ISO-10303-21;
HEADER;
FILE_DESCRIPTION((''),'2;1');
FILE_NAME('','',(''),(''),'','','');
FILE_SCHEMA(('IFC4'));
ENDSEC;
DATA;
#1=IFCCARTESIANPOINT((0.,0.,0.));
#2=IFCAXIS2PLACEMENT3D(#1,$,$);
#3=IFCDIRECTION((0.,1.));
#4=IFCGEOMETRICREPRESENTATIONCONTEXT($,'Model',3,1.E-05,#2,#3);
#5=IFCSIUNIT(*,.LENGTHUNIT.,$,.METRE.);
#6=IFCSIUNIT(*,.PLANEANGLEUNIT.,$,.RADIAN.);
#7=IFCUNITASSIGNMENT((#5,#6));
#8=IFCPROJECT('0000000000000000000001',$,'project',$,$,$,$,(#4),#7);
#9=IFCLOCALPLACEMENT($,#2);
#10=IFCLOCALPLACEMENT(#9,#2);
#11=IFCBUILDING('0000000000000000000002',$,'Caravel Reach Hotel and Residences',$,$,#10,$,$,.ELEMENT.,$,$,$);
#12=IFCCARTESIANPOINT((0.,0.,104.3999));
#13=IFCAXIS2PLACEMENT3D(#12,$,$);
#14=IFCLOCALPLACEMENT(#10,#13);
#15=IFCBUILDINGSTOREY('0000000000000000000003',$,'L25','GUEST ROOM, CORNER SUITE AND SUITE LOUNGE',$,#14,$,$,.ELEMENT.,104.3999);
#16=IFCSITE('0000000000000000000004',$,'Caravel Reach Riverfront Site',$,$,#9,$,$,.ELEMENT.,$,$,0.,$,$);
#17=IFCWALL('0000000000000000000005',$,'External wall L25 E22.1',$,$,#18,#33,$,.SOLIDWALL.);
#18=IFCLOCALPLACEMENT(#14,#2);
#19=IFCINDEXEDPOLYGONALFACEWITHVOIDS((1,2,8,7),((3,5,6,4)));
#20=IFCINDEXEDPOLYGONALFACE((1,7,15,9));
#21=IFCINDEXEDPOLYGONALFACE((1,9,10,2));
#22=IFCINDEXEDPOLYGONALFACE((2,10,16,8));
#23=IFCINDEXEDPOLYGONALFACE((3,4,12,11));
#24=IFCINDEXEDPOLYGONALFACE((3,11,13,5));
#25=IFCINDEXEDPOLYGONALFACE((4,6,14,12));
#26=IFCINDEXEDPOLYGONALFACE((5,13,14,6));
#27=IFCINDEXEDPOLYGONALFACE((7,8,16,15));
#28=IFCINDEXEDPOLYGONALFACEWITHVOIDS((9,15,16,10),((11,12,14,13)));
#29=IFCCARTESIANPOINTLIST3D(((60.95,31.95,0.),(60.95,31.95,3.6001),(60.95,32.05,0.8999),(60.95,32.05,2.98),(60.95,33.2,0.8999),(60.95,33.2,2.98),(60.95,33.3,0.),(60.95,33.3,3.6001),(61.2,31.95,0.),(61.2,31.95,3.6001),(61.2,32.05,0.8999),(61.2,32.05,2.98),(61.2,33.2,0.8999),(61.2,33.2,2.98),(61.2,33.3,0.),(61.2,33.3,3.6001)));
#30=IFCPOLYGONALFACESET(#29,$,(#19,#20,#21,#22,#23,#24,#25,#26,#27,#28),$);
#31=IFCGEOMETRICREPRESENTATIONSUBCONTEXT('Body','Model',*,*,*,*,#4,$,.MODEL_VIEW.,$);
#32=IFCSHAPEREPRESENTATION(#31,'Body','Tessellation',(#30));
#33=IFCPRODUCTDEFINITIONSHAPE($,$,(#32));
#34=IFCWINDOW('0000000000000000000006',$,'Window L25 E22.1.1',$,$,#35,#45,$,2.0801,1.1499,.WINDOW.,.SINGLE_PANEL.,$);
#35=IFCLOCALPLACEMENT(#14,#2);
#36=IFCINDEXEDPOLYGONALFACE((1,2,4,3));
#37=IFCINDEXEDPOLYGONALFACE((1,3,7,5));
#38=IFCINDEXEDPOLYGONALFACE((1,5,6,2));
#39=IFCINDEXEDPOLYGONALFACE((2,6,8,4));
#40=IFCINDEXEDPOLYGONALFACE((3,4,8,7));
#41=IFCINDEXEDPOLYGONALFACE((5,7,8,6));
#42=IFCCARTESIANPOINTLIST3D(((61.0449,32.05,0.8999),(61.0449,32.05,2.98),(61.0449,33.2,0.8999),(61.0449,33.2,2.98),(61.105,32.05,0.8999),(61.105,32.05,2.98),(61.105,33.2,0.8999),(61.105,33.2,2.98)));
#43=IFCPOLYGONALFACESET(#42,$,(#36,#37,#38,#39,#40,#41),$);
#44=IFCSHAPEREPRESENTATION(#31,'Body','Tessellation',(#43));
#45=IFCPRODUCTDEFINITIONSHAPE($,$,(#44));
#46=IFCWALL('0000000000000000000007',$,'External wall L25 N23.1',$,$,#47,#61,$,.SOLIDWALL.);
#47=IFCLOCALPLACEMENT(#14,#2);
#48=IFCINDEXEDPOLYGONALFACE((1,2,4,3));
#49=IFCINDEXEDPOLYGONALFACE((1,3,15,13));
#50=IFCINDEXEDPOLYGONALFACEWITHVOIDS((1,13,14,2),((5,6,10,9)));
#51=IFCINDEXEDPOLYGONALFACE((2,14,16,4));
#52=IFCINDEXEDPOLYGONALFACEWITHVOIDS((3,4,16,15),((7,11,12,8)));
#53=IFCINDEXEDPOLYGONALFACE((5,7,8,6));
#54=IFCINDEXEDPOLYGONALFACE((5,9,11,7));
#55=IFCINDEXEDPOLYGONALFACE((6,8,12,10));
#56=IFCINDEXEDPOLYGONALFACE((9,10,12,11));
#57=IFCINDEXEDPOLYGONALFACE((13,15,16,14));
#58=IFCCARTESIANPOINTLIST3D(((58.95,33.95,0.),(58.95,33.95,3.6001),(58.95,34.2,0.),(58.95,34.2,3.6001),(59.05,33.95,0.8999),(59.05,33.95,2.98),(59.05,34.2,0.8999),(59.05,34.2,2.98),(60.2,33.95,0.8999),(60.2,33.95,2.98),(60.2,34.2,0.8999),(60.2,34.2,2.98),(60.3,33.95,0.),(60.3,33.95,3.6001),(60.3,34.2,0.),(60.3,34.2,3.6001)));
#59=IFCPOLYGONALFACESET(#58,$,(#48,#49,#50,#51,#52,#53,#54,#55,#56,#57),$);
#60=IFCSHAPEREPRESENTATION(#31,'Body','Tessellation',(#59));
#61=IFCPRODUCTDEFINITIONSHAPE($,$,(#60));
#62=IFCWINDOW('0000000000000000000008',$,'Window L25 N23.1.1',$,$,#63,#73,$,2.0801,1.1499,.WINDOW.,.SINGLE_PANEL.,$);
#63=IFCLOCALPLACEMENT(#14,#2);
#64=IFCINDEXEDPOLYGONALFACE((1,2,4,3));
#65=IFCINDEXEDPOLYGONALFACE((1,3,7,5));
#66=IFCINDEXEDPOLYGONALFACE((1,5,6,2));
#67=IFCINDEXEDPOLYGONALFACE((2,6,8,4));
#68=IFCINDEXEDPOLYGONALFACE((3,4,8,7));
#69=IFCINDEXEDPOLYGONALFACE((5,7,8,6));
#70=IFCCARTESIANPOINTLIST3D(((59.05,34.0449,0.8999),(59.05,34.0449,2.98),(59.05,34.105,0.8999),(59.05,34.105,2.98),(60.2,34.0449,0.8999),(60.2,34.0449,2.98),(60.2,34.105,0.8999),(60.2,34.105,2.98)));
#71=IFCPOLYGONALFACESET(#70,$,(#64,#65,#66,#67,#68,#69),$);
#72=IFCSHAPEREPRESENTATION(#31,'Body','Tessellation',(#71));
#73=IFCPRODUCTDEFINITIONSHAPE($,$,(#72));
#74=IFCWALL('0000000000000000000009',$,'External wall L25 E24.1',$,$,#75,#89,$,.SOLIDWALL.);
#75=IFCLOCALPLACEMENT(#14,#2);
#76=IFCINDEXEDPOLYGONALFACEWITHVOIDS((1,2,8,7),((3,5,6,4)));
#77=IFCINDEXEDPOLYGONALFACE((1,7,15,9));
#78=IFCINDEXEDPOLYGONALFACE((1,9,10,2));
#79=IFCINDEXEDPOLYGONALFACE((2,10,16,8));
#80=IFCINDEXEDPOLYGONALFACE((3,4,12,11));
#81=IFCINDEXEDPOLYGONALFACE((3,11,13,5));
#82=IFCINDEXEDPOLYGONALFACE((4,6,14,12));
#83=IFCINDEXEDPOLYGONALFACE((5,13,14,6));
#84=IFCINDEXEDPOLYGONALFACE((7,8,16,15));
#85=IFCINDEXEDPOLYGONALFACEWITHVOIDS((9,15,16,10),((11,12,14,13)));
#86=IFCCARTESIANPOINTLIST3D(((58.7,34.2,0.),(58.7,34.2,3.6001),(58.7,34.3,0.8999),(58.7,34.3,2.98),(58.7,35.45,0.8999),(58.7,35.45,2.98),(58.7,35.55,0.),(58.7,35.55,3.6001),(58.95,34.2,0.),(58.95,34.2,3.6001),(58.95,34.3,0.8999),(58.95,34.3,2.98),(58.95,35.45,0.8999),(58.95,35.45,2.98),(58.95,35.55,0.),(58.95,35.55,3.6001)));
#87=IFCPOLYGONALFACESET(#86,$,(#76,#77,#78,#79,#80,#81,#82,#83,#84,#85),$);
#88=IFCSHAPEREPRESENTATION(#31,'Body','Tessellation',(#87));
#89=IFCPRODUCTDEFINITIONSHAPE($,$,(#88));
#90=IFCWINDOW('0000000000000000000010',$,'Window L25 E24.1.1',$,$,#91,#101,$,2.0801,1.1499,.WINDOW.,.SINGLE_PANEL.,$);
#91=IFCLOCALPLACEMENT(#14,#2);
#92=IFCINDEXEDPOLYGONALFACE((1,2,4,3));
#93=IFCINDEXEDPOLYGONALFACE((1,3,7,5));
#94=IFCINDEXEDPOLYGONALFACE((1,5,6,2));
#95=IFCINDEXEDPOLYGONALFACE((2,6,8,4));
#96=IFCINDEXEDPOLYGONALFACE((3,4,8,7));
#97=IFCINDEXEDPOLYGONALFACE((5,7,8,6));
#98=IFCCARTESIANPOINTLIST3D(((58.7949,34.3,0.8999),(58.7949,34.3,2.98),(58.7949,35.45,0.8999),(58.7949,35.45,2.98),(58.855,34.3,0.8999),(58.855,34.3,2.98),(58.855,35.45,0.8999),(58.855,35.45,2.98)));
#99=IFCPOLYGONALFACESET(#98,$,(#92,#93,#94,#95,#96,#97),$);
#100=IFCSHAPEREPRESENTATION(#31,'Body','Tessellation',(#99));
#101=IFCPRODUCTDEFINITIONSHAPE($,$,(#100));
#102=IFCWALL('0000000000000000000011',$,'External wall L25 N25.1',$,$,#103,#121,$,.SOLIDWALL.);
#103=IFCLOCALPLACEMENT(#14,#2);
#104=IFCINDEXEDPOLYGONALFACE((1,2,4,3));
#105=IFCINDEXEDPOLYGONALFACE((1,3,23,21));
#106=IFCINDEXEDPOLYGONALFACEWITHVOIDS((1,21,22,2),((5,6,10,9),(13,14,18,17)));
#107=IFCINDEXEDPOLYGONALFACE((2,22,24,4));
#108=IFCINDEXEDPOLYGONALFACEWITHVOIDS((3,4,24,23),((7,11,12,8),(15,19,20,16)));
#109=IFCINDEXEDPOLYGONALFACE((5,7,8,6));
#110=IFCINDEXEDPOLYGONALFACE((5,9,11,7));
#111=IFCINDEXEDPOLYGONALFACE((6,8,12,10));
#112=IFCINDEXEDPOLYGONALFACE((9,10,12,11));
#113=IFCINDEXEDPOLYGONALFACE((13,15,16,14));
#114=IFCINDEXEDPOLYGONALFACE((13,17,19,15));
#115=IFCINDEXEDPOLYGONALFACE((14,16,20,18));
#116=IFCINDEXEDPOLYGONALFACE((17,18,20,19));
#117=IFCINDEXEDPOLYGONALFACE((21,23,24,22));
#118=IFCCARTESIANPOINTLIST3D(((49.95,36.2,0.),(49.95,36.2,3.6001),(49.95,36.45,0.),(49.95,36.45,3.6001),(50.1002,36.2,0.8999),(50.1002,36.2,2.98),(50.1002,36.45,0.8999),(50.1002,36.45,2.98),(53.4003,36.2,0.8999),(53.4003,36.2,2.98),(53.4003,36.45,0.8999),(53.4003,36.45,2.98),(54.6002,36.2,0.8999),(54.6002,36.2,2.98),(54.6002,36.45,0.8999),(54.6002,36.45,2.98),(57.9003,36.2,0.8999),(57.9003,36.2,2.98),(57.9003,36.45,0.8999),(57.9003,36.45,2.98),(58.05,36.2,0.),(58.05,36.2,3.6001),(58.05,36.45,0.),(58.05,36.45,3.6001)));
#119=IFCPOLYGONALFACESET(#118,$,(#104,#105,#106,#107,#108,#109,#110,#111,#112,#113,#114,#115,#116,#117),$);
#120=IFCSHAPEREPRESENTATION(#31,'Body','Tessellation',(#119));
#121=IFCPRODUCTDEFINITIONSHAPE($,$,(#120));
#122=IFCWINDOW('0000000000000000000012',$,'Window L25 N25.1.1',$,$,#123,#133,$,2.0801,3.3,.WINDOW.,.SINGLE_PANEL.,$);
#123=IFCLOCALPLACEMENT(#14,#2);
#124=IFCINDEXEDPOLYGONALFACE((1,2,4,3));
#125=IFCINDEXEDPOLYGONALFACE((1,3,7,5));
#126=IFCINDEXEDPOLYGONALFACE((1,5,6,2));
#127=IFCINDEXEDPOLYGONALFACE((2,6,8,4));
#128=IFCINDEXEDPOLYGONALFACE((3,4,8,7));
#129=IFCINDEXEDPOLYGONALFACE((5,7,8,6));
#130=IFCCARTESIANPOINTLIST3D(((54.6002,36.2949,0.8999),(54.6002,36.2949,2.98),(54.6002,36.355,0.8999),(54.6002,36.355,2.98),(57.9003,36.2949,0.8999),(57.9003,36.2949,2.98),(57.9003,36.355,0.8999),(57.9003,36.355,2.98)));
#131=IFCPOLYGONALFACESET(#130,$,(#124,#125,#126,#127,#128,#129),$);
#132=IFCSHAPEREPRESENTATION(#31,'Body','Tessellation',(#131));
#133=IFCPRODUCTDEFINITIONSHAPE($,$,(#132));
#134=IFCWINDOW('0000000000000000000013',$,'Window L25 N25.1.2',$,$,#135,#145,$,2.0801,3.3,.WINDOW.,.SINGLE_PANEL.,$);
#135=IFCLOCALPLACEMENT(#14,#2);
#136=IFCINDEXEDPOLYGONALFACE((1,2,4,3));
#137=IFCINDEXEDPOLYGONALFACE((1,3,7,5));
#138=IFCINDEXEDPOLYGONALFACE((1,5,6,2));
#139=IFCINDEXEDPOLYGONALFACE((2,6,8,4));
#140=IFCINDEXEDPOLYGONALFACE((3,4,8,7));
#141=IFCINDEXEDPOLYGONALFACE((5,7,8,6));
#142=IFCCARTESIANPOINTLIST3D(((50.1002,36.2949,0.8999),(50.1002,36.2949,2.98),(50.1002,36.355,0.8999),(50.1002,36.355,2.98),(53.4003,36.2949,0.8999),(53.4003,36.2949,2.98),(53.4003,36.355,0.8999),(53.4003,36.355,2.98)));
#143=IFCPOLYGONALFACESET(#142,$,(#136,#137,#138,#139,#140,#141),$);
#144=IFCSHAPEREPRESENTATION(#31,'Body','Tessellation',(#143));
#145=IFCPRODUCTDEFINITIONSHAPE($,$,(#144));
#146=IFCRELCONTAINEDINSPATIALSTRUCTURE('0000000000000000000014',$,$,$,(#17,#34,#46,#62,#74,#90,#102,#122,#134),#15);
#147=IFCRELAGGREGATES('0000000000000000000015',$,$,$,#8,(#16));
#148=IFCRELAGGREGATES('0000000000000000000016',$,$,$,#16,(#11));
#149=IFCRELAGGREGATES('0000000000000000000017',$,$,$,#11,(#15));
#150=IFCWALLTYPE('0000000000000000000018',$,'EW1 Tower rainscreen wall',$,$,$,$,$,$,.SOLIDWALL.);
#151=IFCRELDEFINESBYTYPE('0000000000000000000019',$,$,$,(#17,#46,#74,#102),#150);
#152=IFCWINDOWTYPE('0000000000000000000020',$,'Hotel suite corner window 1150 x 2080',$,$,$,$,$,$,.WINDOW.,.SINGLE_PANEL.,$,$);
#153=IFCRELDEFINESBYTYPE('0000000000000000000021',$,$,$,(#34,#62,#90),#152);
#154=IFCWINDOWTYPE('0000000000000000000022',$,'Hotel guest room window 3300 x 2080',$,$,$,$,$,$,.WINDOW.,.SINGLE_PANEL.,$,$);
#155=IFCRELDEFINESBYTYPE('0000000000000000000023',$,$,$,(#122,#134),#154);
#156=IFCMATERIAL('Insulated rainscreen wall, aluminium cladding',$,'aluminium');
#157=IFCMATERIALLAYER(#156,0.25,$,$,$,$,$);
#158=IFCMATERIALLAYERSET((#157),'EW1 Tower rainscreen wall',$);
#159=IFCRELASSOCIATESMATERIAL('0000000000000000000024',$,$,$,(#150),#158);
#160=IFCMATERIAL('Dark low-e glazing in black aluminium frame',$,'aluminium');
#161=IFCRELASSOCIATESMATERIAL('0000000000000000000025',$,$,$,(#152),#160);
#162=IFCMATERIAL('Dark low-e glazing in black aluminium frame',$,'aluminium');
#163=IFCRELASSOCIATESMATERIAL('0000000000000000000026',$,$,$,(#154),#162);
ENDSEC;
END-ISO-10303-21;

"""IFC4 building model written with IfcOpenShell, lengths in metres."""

from ifc_helpers import new_model, si_unit, direction, frame, frame_2d, origin, place, context, subcontext, project, spatial, rectangle, extrude, material, layer, layer_set, type_object, element, fill, save


model = new_model("IFC4")

# Units and contexts
model_context = context("Model", 3, precision=1e-05, world=origin(), true_north=direction((0.0, 1.0)))
body_context = subcontext(model_context, "Body", "Model", "MODEL_VIEW")
ifc_project = project(units=[si_unit("LENGTHUNIT", "METRE"), si_unit("PLANEANGLEUNIT", "RADIAN")], contexts=[model_context])

# Site, building, storey
site_placement = place(None, origin())
site = spatial("IfcSite", under=ifc_project, at=site_placement, Name="Caravel Reach Riverfront Site", CompositionType="ELEMENT", RefElevation=0.0)
building_placement = place(site_placement, origin())
building = spatial("IfcBuilding", under=site, at=building_placement, Name="Caravel Reach Hotel and Residences", CompositionType="ELEMENT")
storey_placement = place(building_placement, frame((0.0, 0.0, 104.3999)))
storey = spatial("IfcBuildingStorey", under=building, at=storey_placement, Name="L25", Description="GUEST ROOM, CORNER SUITE AND SUITE LOUNGE", CompositionType="ELEMENT", Elevation=104.3999)

# Walls, openings, windows
ifc_material_1 = material(Name="Insulated rainscreen wall, aluminium cladding", Category="aluminium")
ifc_layer_1 = layer(ifc_material_1, 0.25)
ifc_layer_set_1 = layer_set([ifc_layer_1], Name="EW1 Tower rainscreen wall")
wall_type_1 = type_object("IfcWallType", Name="EW1 Tower rainscreen wall", PredefinedType="SOLIDWALL", material=ifc_layer_set_1)
ifc_material_2 = material(Name="Dark low-e glazing in black aluminium frame", Category="aluminium")
window_type_1 = type_object("IfcWindowType", Name="Hotel suite corner window 1150 x 2080", PartitioningType="SINGLE_PANEL", PredefinedType="WINDOW", material=ifc_material_2)
wall_1_placement = place(storey_placement, frame((61.075, 31.95, 0.0), z_axis=(0.0, 0.0, 1.0), x_axis=(0.0, 1.0, 0.0)))
wall_1 = element("IfcWall", 1, at=wall_1_placement, inside=storey, type_object=wall_type_1, Name="External wall L25 E22.1", PredefinedType="SOLIDWALL", context=body_context, shape_type="SweptSolid", body=[
    extrude(rectangle(XDim=1.3501, YDim=0.25, at=frame_2d((0.675, 0.0))), origin(), (0.0, 0.0, 1.0), 3.6001),
])
opening_1_placement = place(wall_1_placement, frame((0.1001, 0.0, 0.8999)))
opening_1 = element("IfcOpeningElement", 2, at=opening_1_placement, cuts=wall_1, PredefinedType="OPENING", context=body_context, shape_type="SweptSolid", body=[
    extrude(rectangle(XDim=1.1499, YDim=2.0801, at=frame_2d((0.575, 1.04))), frame((0.0, 0.135, 0.0), z_axis=(0.0, -1.0, 0.0), x_axis=(1.0, 0.0, 0.0)), (0.0, 0.0, 1.0), 0.27),
])
window_1_placement = place(opening_1_placement, origin())
window_1 = element("IfcWindow", 3, at=window_1_placement, inside=storey, type_object=window_type_1, Name="Window L25 E22.1.1", OverallHeight=2.0801, OverallWidth=1.1499, PartitioningType="SINGLE_PANEL", PredefinedType="WINDOW", context=body_context, shape_type="SweptSolid", body=[
    extrude(rectangle(XDim=1.1499, YDim=2.0801, at=frame_2d((0.575, 1.04))), frame((0.0, 0.03, 0.0), z_axis=(0.0, -1.0, 0.0), x_axis=(1.0, 0.0, 0.0)), (0.0, 0.0, 1.0), 0.0601),
])
fill(opening_1, window_1)
wall_2_placement = place(storey_placement, frame((60.3, 34.075, 0.0), z_axis=(0.0, 0.0, 1.0), x_axis=(-1.0, 0.0, 0.0)))
wall_2 = element("IfcWall", 4, at=wall_2_placement, inside=storey, type_object=wall_type_1, Name="External wall L25 N23.1", PredefinedType="SOLIDWALL", context=body_context, shape_type="SweptSolid", body=[
    extrude(rectangle(XDim=1.3501, YDim=0.25, at=frame_2d((0.675, 0.0))), origin(), (0.0, 0.0, 1.0), 3.6001),
])
opening_2_placement = place(wall_2_placement, frame((0.1001, 0.0, 0.8999)))
opening_2 = element("IfcOpeningElement", 5, at=opening_2_placement, cuts=wall_2, PredefinedType="OPENING", context=body_context, shape_type="SweptSolid", body=[
    extrude(rectangle(XDim=1.1499, YDim=2.0801, at=frame_2d((0.575, 1.04))), frame((0.0, 0.135, 0.0), z_axis=(0.0, -1.0, 0.0), x_axis=(1.0, 0.0, 0.0)), (0.0, 0.0, 1.0), 0.27),
])
window_2_placement = place(opening_2_placement, origin())
window_2 = element("IfcWindow", 6, at=window_2_placement, inside=storey, type_object=window_type_1, Name="Window L25 N23.1.1", OverallHeight=2.0801, OverallWidth=1.1499, PartitioningType="SINGLE_PANEL", PredefinedType="WINDOW", context=body_context, shape_type="SweptSolid", body=[
    extrude(rectangle(XDim=1.1499, YDim=2.0801, at=frame_2d((0.575, 1.04))), frame((0.0, 0.03, 0.0), z_axis=(0.0, -1.0, 0.0), x_axis=(1.0, 0.0, 0.0)), (0.0, 0.0, 1.0), 0.0601),
])
fill(opening_2, window_2)
wall_3_placement = place(storey_placement, frame((58.825, 34.2, 0.0), z_axis=(0.0, 0.0, 1.0), x_axis=(0.0, 1.0, 0.0)))
wall_3 = element("IfcWall", 7, at=wall_3_placement, inside=storey, type_object=wall_type_1, Name="External wall L25 E24.1", PredefinedType="SOLIDWALL", context=body_context, shape_type="SweptSolid", body=[
    extrude(rectangle(XDim=1.3501, YDim=0.25, at=frame_2d((0.675, 0.0))), origin(), (0.0, 0.0, 1.0), 3.6001),
])
opening_3_placement = place(wall_3_placement, frame((0.1001, 0.0, 0.8999)))
opening_3 = element("IfcOpeningElement", 8, at=opening_3_placement, cuts=wall_3, PredefinedType="OPENING", context=body_context, shape_type="SweptSolid", body=[
    extrude(rectangle(XDim=1.1499, YDim=2.0801, at=frame_2d((0.575, 1.04))), frame((0.0, 0.135, 0.0), z_axis=(0.0, -1.0, 0.0), x_axis=(1.0, 0.0, 0.0)), (0.0, 0.0, 1.0), 0.27),
])
window_3_placement = place(opening_3_placement, origin())
window_3 = element("IfcWindow", 9, at=window_3_placement, inside=storey, type_object=window_type_1, Name="Window L25 E24.1.1", OverallHeight=2.0801, OverallWidth=1.1499, PartitioningType="SINGLE_PANEL", PredefinedType="WINDOW", context=body_context, shape_type="SweptSolid", body=[
    extrude(rectangle(XDim=1.1499, YDim=2.0801, at=frame_2d((0.575, 1.04))), frame((0.0, 0.03, 0.0), z_axis=(0.0, -1.0, 0.0), x_axis=(1.0, 0.0, 0.0)), (0.0, 0.0, 1.0), 0.0601),
])
fill(opening_3, window_3)

# Wall, openings, windows
wall_4_placement = place(storey_placement, frame((58.05, 36.325, 0.0), z_axis=(0.0, 0.0, 1.0), x_axis=(-1.0, 0.0, 0.0)))
wall_4 = element("IfcWall", 10, at=wall_4_placement, inside=storey, type_object=wall_type_1, Name="External wall L25 N25.1", PredefinedType="SOLIDWALL", context=body_context, shape_type="SweptSolid", body=[
    extrude(rectangle(XDim=8.1001, YDim=0.25, at=frame_2d((4.05, 0.0))), origin(), (0.0, 0.0, 1.0), 3.6001),
])
opening_4_placement = place(wall_4_placement, frame((0.1499, 0.0, 0.8999)))
opening_4 = element("IfcOpeningElement", 11, at=opening_4_placement, cuts=wall_4, PredefinedType="OPENING", context=body_context, shape_type="SweptSolid", body=[
    extrude(rectangle(XDim=3.3, YDim=2.0801, at=frame_2d((1.6499, 1.04))), frame((0.0, 0.135, 0.0), z_axis=(0.0, -1.0, 0.0), x_axis=(1.0, 0.0, 0.0)), (0.0, 0.0, 1.0), 0.27),
])
opening_5_placement = place(wall_4_placement, frame((4.6499, 0.0, 0.8999)))
opening_5 = element("IfcOpeningElement", 12, at=opening_5_placement, cuts=wall_4, PredefinedType="OPENING", context=body_context, shape_type="SweptSolid", body=[
    extrude(rectangle(XDim=3.3, YDim=2.0801, at=frame_2d((1.6499, 1.04))), frame((0.0, 0.135, 0.0), z_axis=(0.0, -1.0, 0.0), x_axis=(1.0, 0.0, 0.0)), (0.0, 0.0, 1.0), 0.27),
])
ifc_material_3 = material(Name="Dark low-e glazing in black aluminium frame", Category="aluminium")
window_type_2 = type_object("IfcWindowType", Name="Hotel guest room window 3300 x 2080", PartitioningType="SINGLE_PANEL", PredefinedType="WINDOW", material=ifc_material_3)
window_4_placement = place(opening_4_placement, origin())
window_4 = element("IfcWindow", 13, at=window_4_placement, inside=storey, type_object=window_type_2, Name="Window L25 N25.1.1", OverallHeight=2.0801, OverallWidth=3.3, PartitioningType="SINGLE_PANEL", PredefinedType="WINDOW", context=body_context, shape_type="SweptSolid", body=[
    extrude(rectangle(XDim=3.3, YDim=2.0801, at=frame_2d((1.6499, 1.04))), frame((0.0, 0.03, 0.0), z_axis=(0.0, -1.0, 0.0), x_axis=(1.0, 0.0, 0.0)), (0.0, 0.0, 1.0), 0.0601),
])
fill(opening_4, window_4)
window_5_placement = place(opening_5_placement, origin())
window_5 = element("IfcWindow", 14, at=window_5_placement, inside=storey, type_object=window_type_2, Name="Window L25 N25.1.2", OverallHeight=2.0801, OverallWidth=3.3, PartitioningType="SINGLE_PANEL", PredefinedType="WINDOW", context=body_context, shape_type="SweptSolid", body=[
    extrude(rectangle(XDim=3.3, YDim=2.0801, at=frame_2d((1.6499, 1.04))), frame((0.0, 0.03, 0.0), z_axis=(0.0, -1.0, 0.0), x_axis=(1.0, 0.0, 0.0)), (0.0, 0.0, 1.0), 0.0601),
])
fill(opening_5, window_5)

save(model, "model.ifc")
